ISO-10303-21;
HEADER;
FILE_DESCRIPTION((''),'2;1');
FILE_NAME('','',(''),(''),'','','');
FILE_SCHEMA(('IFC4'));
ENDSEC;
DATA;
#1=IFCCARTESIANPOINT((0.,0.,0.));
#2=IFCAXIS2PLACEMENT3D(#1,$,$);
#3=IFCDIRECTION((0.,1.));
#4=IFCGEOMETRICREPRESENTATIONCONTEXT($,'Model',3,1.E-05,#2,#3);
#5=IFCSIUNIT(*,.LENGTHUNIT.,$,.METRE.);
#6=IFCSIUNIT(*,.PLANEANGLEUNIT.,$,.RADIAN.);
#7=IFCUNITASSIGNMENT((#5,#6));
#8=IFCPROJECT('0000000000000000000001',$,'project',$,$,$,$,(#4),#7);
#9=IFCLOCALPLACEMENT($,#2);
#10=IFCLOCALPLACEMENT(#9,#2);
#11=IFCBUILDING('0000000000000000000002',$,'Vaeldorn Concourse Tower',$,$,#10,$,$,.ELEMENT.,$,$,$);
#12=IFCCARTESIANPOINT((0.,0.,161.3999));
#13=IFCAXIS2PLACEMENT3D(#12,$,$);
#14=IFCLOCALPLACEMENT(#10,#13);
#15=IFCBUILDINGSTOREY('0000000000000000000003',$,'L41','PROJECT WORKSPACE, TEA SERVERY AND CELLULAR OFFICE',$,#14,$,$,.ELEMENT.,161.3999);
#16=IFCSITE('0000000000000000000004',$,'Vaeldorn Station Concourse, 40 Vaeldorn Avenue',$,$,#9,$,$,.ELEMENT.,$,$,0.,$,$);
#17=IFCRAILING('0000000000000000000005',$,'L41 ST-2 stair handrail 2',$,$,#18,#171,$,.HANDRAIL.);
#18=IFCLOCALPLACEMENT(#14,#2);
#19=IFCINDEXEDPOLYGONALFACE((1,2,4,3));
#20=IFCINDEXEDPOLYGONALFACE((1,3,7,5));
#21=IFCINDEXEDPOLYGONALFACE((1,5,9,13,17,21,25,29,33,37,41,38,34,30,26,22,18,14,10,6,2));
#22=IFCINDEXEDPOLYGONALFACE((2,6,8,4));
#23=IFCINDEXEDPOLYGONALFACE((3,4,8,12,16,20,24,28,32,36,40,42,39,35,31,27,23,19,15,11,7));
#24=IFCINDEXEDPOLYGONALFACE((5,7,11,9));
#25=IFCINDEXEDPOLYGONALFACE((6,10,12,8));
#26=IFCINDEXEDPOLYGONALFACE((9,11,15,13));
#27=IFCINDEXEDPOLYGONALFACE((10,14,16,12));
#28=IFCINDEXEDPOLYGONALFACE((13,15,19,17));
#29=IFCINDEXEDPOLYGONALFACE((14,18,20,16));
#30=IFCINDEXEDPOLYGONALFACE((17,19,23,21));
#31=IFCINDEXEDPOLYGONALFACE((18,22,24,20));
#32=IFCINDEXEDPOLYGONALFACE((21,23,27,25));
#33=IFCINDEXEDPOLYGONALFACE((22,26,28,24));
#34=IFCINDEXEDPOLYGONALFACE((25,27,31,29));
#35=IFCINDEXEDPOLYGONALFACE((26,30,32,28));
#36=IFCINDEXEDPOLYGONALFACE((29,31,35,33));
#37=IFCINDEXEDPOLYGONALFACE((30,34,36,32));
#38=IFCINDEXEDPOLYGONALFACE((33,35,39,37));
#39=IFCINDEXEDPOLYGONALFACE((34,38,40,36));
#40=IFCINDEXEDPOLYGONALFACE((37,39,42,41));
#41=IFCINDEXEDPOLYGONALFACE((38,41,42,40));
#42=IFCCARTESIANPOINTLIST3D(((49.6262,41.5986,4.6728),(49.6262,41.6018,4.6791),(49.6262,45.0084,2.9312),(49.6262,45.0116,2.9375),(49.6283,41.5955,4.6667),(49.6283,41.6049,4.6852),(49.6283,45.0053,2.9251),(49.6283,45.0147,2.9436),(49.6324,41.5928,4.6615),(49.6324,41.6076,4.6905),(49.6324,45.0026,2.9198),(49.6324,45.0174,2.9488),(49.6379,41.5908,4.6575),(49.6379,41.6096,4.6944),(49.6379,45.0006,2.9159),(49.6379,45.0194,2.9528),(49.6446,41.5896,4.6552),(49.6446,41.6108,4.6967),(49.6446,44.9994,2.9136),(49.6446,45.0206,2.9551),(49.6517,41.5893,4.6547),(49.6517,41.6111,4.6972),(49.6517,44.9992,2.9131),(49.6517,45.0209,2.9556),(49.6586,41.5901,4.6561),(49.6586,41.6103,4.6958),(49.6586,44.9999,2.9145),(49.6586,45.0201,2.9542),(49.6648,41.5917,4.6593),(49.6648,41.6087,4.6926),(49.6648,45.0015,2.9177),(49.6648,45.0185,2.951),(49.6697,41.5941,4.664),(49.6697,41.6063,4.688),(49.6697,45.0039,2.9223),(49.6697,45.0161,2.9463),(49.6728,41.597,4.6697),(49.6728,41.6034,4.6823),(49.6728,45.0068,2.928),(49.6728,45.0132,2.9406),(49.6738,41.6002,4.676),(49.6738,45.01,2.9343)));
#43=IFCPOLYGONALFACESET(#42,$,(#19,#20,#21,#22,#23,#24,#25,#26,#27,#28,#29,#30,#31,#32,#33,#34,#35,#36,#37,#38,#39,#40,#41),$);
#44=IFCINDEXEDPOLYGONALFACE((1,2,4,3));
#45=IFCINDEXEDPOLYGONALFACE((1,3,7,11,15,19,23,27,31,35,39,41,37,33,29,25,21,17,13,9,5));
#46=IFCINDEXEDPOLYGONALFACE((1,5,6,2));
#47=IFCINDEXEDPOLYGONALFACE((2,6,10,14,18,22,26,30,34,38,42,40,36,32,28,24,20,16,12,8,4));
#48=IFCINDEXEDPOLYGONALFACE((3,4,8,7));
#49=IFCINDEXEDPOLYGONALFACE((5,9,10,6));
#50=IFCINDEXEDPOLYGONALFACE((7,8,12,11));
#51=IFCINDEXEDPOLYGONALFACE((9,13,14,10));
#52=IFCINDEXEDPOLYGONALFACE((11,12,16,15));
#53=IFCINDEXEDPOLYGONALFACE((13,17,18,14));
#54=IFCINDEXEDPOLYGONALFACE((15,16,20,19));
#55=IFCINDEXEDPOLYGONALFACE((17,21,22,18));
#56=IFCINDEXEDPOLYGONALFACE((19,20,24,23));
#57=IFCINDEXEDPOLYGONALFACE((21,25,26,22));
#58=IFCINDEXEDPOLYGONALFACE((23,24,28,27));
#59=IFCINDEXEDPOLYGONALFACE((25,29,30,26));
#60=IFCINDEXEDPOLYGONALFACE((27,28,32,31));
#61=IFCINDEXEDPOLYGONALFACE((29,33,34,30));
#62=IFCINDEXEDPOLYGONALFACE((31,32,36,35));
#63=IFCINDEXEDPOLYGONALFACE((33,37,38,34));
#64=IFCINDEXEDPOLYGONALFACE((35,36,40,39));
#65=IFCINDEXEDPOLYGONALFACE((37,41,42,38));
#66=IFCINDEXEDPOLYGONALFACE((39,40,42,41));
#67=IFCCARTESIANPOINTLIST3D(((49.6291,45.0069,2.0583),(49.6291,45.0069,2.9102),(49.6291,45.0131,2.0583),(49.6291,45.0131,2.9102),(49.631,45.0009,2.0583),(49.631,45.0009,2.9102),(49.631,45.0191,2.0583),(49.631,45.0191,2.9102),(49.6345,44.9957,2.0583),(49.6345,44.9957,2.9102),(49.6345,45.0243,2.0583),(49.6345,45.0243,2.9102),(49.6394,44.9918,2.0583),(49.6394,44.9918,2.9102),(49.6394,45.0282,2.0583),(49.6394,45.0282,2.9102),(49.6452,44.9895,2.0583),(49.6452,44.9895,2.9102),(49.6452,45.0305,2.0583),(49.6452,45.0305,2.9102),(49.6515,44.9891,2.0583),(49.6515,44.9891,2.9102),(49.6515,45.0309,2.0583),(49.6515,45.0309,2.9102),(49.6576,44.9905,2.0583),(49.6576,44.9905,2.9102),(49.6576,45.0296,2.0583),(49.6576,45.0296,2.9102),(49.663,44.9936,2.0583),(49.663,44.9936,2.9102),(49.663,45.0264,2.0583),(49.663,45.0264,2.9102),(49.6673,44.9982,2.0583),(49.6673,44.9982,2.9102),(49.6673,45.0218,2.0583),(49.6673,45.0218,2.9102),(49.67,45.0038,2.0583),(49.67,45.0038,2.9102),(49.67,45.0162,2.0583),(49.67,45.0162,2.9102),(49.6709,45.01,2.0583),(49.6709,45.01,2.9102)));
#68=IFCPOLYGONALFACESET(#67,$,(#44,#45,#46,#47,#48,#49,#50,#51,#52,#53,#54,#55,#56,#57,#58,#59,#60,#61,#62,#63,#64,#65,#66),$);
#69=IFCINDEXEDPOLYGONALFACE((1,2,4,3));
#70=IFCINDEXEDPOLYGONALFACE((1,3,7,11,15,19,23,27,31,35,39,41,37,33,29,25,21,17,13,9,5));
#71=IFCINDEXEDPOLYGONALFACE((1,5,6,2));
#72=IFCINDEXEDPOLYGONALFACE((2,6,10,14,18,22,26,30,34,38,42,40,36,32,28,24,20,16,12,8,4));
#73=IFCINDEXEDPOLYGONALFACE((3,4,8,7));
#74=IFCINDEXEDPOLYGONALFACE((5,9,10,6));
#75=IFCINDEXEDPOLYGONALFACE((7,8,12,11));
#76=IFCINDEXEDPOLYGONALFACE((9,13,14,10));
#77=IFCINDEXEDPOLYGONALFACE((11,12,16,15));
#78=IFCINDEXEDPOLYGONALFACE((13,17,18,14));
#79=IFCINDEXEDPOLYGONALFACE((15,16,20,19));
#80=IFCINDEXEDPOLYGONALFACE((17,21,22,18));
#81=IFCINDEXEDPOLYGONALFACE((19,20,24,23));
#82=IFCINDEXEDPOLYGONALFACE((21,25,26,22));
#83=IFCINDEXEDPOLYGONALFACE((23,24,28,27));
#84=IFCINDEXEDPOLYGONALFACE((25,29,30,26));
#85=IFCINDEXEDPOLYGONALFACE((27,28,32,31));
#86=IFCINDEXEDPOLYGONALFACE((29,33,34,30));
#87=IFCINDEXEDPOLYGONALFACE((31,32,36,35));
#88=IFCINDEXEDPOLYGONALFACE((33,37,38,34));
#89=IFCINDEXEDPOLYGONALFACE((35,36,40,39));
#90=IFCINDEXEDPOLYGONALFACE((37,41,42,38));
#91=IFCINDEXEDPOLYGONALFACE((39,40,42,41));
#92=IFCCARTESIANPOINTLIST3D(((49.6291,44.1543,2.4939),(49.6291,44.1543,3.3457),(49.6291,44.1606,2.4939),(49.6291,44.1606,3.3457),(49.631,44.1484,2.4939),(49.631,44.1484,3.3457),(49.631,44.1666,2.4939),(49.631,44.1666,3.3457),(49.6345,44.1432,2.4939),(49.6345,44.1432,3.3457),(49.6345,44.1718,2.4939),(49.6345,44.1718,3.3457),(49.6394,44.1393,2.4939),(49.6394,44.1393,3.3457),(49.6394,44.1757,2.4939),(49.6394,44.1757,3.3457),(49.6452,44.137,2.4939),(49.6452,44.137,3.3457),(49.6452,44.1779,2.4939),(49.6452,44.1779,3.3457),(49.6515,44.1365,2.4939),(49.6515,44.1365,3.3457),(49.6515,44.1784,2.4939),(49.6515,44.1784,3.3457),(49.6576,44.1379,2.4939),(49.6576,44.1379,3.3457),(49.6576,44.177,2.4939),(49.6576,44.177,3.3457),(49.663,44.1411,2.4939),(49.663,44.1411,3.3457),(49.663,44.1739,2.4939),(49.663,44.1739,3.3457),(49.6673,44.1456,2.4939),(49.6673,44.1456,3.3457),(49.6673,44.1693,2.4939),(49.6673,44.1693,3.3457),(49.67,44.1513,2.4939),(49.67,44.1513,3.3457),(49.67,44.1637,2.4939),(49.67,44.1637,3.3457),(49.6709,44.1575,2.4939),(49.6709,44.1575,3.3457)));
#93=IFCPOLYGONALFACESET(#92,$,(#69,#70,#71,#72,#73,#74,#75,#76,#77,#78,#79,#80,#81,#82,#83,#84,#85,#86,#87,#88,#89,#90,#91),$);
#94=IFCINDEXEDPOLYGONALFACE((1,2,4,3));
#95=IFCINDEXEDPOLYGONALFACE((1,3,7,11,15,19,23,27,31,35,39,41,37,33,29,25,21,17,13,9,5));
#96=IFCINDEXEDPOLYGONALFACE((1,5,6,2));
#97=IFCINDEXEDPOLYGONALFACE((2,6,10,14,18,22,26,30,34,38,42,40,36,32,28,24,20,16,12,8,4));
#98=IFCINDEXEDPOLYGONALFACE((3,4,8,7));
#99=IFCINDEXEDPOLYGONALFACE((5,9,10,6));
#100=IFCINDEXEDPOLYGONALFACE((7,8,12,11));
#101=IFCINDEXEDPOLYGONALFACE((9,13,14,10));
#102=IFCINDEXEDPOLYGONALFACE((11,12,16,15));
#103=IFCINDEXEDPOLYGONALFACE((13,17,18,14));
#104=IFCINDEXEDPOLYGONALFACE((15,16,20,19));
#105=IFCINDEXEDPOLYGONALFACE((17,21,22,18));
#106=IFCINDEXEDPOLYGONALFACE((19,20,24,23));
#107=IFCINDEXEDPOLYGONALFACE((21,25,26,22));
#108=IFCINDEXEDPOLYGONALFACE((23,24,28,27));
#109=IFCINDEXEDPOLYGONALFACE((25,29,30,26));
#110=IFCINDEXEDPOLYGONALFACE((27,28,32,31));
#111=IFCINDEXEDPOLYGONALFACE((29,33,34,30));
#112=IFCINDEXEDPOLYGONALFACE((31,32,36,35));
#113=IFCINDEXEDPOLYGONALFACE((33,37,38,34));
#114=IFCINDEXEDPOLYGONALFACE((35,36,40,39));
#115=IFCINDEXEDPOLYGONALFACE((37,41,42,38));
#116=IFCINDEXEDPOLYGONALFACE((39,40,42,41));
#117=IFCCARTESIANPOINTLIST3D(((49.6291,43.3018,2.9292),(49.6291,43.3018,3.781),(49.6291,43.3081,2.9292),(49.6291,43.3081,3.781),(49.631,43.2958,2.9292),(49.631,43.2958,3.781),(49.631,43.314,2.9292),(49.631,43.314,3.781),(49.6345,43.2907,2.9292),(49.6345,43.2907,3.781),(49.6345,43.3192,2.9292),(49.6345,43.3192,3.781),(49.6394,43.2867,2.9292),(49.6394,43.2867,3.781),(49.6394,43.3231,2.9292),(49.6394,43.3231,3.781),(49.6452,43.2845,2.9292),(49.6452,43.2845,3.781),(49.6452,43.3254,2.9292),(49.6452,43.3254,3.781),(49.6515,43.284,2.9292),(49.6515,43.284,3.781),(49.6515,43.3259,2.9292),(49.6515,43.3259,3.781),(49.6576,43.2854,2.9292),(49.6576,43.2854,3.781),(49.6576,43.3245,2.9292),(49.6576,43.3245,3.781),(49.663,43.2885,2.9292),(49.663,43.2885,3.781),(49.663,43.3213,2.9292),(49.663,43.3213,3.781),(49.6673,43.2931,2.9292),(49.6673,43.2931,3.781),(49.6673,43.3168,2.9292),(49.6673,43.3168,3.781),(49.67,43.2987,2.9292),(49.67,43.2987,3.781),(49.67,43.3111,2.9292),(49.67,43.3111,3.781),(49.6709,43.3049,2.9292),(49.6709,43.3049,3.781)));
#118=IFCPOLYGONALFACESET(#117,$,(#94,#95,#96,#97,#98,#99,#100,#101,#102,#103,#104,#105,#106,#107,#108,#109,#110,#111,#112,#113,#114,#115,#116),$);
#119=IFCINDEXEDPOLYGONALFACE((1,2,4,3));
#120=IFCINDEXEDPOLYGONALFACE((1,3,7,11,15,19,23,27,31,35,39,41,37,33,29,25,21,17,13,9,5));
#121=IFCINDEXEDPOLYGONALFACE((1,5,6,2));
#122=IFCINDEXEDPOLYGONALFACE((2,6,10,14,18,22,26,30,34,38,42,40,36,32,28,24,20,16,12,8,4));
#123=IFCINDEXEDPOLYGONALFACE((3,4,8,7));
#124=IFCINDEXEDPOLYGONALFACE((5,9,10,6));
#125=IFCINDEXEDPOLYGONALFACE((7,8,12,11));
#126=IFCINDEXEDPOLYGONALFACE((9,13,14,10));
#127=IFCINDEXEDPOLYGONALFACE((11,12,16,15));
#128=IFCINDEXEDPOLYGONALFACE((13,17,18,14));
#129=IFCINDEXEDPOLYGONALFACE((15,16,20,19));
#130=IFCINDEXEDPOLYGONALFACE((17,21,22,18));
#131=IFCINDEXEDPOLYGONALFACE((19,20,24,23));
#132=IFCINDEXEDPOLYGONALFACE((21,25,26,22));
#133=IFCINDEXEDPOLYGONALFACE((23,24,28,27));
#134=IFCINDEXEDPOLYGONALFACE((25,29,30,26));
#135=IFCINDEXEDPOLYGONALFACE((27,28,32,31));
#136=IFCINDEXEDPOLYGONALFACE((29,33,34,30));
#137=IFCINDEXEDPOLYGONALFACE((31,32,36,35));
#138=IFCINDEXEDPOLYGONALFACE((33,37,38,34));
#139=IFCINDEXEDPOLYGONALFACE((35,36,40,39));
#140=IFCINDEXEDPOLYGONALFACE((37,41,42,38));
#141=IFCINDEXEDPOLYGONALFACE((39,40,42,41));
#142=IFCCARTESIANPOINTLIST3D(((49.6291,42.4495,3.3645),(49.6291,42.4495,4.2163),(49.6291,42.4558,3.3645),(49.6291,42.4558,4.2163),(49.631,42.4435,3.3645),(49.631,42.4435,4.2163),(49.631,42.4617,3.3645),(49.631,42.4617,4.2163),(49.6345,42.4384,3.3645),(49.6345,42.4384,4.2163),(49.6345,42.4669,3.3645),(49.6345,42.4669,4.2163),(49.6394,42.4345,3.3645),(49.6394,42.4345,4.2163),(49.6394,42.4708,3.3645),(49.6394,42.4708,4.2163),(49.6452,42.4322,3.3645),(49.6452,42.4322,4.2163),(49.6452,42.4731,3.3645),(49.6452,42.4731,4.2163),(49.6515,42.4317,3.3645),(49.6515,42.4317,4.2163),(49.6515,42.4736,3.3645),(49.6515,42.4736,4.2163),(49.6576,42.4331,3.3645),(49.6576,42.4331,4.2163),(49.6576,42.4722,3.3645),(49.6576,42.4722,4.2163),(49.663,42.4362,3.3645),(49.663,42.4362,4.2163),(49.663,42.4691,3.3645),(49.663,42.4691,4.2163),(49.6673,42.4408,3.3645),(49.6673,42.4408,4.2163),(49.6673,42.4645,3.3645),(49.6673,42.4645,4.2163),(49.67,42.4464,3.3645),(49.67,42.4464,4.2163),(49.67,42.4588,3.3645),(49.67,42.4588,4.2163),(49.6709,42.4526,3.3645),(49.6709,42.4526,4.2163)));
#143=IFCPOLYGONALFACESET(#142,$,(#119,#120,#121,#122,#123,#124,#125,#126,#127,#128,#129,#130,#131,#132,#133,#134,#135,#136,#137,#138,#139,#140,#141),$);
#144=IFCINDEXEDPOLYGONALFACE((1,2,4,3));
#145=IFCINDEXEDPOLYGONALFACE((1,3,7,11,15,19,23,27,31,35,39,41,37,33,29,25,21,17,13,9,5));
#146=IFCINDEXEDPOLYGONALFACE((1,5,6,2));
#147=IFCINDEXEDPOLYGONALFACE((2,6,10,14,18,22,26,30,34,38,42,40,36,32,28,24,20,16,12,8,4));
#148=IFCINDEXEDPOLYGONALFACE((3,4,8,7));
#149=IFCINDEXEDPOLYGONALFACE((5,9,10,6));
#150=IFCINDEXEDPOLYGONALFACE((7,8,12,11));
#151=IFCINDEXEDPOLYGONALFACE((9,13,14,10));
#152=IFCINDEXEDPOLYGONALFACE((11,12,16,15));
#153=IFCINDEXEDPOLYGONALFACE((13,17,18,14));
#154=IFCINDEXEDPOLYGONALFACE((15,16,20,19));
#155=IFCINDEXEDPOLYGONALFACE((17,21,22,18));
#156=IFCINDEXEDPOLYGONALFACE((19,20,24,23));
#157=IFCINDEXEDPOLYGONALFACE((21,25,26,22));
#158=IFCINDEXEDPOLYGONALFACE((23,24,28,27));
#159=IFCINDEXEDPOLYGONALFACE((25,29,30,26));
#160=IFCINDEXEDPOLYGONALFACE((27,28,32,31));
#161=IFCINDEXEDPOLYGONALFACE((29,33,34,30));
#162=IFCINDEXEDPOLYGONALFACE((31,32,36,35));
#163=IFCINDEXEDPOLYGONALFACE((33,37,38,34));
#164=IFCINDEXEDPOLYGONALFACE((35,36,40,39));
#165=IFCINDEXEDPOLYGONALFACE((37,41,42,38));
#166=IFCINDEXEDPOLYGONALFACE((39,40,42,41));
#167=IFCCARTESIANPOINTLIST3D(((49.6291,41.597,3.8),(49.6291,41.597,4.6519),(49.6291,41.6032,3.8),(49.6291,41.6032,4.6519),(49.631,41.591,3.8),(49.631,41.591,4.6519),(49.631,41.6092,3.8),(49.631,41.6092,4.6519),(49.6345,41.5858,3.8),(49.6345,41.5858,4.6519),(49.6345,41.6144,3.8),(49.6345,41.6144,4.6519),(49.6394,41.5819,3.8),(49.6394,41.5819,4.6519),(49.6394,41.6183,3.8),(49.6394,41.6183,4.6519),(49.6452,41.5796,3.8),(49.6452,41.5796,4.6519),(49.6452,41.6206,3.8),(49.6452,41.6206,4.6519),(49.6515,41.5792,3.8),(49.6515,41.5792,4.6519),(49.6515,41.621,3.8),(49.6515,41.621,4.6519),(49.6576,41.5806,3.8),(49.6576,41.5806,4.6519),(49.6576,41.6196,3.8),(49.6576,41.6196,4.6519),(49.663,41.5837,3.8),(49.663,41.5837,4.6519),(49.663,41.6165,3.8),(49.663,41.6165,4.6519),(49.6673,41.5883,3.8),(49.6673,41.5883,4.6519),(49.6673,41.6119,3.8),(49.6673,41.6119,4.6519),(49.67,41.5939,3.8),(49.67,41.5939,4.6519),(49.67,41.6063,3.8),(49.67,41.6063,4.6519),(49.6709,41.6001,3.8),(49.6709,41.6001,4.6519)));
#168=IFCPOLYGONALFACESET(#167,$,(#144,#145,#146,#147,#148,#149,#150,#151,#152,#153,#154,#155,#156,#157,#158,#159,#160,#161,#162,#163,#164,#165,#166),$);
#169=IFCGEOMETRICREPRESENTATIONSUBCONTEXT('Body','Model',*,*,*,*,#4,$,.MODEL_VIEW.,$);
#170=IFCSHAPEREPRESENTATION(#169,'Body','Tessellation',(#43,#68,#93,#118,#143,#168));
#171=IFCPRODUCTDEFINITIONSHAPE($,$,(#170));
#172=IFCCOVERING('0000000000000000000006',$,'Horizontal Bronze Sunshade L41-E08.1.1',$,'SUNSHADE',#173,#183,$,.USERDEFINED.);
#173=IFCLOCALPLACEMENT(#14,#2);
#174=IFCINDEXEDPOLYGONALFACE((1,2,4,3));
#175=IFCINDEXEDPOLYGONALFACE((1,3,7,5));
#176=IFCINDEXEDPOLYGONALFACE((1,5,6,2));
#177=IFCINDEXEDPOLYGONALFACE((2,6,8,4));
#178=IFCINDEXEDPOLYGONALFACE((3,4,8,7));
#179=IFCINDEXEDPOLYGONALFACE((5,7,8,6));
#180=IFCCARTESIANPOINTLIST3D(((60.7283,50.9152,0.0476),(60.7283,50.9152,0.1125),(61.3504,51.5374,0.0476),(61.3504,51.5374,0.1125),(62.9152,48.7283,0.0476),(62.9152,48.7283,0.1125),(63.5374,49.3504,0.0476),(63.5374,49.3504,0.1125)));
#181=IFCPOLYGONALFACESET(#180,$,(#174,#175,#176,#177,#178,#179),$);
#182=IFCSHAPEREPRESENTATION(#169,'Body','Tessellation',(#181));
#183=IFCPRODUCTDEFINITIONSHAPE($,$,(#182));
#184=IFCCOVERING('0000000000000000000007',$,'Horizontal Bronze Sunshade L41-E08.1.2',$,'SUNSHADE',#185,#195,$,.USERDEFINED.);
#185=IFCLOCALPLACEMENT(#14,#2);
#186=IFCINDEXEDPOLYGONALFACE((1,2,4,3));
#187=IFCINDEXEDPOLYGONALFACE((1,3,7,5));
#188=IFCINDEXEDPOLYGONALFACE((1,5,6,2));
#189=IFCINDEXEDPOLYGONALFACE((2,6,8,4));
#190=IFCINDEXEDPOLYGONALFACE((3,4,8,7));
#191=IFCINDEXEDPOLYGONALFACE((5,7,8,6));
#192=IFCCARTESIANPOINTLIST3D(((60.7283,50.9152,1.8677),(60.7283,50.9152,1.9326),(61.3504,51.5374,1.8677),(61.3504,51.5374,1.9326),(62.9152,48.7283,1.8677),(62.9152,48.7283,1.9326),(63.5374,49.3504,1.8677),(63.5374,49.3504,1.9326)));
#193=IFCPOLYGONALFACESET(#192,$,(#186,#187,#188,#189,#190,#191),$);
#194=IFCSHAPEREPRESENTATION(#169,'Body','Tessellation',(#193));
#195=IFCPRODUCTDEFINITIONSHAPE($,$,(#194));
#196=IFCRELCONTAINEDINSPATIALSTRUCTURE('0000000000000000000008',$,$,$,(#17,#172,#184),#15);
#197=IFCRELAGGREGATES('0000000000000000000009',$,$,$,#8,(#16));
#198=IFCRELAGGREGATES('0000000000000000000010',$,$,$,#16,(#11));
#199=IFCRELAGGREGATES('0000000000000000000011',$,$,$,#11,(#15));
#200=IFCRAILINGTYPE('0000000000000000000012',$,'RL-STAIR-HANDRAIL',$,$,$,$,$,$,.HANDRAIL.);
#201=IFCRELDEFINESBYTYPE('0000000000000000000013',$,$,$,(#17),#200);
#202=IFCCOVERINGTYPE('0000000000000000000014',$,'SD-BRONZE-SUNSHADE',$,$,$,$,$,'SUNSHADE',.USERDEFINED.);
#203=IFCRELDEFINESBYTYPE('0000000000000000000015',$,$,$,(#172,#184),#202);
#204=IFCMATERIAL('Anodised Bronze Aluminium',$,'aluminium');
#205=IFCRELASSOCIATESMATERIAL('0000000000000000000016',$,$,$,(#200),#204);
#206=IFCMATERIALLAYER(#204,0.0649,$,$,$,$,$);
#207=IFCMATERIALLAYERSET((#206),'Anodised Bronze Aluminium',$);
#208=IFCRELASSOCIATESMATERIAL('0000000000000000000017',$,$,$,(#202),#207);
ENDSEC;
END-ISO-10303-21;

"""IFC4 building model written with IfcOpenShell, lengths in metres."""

from ifc_helpers import new_model, si_unit, direction, frame, origin, origin_2d, place, context, subcontext, project, spatial, rectangle, circle, extrude, source, transform, mapped, material, layer, layer_set, type_object, element, save


model = new_model("IFC4")

# Units and contexts
model_context = context("Model", 3, precision=1e-05, world=origin(), true_north=direction((0.0, 1.0)))
body_context = subcontext(model_context, "Body", "Model", "MODEL_VIEW")
ifc_project = project(units=[si_unit("LENGTHUNIT", "METRE"), si_unit("PLANEANGLEUNIT", "RADIAN")], contexts=[model_context])

# Site, building, storey
site_placement = place(None, origin())
site = spatial("IfcSite", under=ifc_project, at=site_placement, Name="Vaeldorn Station Concourse, 40 Vaeldorn Avenue", CompositionType="ELEMENT", RefElevation=0.0)
building_placement = place(site_placement, origin())
building = spatial("IfcBuilding", under=site, at=building_placement, Name="Vaeldorn Concourse Tower", CompositionType="ELEMENT")
storey_placement = place(building_placement, frame((0.0, 0.0, 161.3999)))
storey = spatial("IfcBuildingStorey", under=building, at=storey_placement, Name="L41", Description="PROJECT WORKSPACE, TEA SERVERY AND CELLULAR OFFICE", CompositionType="ELEMENT", Elevation=161.3999)

# Shared definitions
ifc_material_1 = material(Name="Anodised Bronze Aluminium", Category="aluminium")

# Railing
railing_type_1 = type_object("IfcRailingType", Name="RL-STAIR-HANDRAIL", PredefinedType="HANDRAIL", material=ifc_material_1)
railing_1_placement = place(storey_placement, frame((49.6499, 45.01, 2.0583)))
element("IfcRailing", 1, at=railing_1_placement, inside=storey, type_object=railing_type_1, Name="L41 ST-2 stair handrail 2", PredefinedType="HANDRAIL", context=body_context, shape_type="SweptSolid", body=[
    extrude(circle(Radius=0.0239, at=origin_2d()), frame((0.0, 0.0, 0.876), z_axis=(0.0, -0.890556, 0.454874), x_axis=(1.0, 0.0, 0.0)), (0.0, 0.0, 1.0), 3.8289),
    extrude(circle(Radius=0.021, at=origin_2d()), origin(), (0.0, 0.0, 1.0), 0.8518),
    extrude(circle(Radius=0.021, at=origin_2d()), frame((0.0, -0.8525, 0.4355)), (0.0, 0.0, 1.0), 0.8518),
    extrude(circle(Radius=0.021, at=origin_2d()), frame((0.0, -1.7051, 0.8708)), (0.0, 0.0, 1.0), 0.8518),
    extrude(circle(Radius=0.021, at=origin_2d()), frame((0.0, -2.5574, 1.3062)), (0.0, 0.0, 1.0), 0.8518),
    extrude(circle(Radius=0.021, at=origin_2d()), frame((0.0, -3.4099, 1.7417)), (0.0, 0.0, 1.0), 0.8518),
])

# Coverings
ifc_layer_1 = layer(ifc_material_1, 0.0649)
ifc_layer_set_1 = layer_set([ifc_layer_1], Name="Anodised Bronze Aluminium")
covering_type = type_object("IfcCoveringType", Name="SD-BRONZE-SUNSHADE", ElementType="SUNSHADE", PredefinedType="USERDEFINED", material=ifc_layer_set_1)
shared_shape_1 = source(origin(), body_context, "Body", "SweptSolid", [
    extrude(rectangle(XDim=3.0928, YDim=0.8799, at=origin_2d()), origin(), (0.0, 0.0, 1.0), 0.0649),
])
for number, where, z_axis, x_axis, name in (
    (2, (62.1328, 50.1328, 0.0476), (0.0, 0.0, 1.0), (-0.707107, 0.707107, 0.0), "Horizontal Bronze Sunshade L41-E08.1.1"),
    (3, (62.1328, 50.1328, 1.8677), (0.0, 0.0, 1.0), (-0.707107, 0.707107, 0.0), "Horizontal Bronze Sunshade L41-E08.1.2"),
):
    element("IfcCovering", number, at=place(storey_placement, frame(where, z_axis=z_axis, x_axis=x_axis)), inside=storey, type_object=covering_type, Name=name, ObjectType="SUNSHADE", PredefinedType="USERDEFINED", context=body_context, shape_type="MappedRepresentation", body=[
        mapped(shared_shape_1, transform((0.0, 0.0, 0.0), scale=1.0)),
    ])

save(model, "model.ifc")
